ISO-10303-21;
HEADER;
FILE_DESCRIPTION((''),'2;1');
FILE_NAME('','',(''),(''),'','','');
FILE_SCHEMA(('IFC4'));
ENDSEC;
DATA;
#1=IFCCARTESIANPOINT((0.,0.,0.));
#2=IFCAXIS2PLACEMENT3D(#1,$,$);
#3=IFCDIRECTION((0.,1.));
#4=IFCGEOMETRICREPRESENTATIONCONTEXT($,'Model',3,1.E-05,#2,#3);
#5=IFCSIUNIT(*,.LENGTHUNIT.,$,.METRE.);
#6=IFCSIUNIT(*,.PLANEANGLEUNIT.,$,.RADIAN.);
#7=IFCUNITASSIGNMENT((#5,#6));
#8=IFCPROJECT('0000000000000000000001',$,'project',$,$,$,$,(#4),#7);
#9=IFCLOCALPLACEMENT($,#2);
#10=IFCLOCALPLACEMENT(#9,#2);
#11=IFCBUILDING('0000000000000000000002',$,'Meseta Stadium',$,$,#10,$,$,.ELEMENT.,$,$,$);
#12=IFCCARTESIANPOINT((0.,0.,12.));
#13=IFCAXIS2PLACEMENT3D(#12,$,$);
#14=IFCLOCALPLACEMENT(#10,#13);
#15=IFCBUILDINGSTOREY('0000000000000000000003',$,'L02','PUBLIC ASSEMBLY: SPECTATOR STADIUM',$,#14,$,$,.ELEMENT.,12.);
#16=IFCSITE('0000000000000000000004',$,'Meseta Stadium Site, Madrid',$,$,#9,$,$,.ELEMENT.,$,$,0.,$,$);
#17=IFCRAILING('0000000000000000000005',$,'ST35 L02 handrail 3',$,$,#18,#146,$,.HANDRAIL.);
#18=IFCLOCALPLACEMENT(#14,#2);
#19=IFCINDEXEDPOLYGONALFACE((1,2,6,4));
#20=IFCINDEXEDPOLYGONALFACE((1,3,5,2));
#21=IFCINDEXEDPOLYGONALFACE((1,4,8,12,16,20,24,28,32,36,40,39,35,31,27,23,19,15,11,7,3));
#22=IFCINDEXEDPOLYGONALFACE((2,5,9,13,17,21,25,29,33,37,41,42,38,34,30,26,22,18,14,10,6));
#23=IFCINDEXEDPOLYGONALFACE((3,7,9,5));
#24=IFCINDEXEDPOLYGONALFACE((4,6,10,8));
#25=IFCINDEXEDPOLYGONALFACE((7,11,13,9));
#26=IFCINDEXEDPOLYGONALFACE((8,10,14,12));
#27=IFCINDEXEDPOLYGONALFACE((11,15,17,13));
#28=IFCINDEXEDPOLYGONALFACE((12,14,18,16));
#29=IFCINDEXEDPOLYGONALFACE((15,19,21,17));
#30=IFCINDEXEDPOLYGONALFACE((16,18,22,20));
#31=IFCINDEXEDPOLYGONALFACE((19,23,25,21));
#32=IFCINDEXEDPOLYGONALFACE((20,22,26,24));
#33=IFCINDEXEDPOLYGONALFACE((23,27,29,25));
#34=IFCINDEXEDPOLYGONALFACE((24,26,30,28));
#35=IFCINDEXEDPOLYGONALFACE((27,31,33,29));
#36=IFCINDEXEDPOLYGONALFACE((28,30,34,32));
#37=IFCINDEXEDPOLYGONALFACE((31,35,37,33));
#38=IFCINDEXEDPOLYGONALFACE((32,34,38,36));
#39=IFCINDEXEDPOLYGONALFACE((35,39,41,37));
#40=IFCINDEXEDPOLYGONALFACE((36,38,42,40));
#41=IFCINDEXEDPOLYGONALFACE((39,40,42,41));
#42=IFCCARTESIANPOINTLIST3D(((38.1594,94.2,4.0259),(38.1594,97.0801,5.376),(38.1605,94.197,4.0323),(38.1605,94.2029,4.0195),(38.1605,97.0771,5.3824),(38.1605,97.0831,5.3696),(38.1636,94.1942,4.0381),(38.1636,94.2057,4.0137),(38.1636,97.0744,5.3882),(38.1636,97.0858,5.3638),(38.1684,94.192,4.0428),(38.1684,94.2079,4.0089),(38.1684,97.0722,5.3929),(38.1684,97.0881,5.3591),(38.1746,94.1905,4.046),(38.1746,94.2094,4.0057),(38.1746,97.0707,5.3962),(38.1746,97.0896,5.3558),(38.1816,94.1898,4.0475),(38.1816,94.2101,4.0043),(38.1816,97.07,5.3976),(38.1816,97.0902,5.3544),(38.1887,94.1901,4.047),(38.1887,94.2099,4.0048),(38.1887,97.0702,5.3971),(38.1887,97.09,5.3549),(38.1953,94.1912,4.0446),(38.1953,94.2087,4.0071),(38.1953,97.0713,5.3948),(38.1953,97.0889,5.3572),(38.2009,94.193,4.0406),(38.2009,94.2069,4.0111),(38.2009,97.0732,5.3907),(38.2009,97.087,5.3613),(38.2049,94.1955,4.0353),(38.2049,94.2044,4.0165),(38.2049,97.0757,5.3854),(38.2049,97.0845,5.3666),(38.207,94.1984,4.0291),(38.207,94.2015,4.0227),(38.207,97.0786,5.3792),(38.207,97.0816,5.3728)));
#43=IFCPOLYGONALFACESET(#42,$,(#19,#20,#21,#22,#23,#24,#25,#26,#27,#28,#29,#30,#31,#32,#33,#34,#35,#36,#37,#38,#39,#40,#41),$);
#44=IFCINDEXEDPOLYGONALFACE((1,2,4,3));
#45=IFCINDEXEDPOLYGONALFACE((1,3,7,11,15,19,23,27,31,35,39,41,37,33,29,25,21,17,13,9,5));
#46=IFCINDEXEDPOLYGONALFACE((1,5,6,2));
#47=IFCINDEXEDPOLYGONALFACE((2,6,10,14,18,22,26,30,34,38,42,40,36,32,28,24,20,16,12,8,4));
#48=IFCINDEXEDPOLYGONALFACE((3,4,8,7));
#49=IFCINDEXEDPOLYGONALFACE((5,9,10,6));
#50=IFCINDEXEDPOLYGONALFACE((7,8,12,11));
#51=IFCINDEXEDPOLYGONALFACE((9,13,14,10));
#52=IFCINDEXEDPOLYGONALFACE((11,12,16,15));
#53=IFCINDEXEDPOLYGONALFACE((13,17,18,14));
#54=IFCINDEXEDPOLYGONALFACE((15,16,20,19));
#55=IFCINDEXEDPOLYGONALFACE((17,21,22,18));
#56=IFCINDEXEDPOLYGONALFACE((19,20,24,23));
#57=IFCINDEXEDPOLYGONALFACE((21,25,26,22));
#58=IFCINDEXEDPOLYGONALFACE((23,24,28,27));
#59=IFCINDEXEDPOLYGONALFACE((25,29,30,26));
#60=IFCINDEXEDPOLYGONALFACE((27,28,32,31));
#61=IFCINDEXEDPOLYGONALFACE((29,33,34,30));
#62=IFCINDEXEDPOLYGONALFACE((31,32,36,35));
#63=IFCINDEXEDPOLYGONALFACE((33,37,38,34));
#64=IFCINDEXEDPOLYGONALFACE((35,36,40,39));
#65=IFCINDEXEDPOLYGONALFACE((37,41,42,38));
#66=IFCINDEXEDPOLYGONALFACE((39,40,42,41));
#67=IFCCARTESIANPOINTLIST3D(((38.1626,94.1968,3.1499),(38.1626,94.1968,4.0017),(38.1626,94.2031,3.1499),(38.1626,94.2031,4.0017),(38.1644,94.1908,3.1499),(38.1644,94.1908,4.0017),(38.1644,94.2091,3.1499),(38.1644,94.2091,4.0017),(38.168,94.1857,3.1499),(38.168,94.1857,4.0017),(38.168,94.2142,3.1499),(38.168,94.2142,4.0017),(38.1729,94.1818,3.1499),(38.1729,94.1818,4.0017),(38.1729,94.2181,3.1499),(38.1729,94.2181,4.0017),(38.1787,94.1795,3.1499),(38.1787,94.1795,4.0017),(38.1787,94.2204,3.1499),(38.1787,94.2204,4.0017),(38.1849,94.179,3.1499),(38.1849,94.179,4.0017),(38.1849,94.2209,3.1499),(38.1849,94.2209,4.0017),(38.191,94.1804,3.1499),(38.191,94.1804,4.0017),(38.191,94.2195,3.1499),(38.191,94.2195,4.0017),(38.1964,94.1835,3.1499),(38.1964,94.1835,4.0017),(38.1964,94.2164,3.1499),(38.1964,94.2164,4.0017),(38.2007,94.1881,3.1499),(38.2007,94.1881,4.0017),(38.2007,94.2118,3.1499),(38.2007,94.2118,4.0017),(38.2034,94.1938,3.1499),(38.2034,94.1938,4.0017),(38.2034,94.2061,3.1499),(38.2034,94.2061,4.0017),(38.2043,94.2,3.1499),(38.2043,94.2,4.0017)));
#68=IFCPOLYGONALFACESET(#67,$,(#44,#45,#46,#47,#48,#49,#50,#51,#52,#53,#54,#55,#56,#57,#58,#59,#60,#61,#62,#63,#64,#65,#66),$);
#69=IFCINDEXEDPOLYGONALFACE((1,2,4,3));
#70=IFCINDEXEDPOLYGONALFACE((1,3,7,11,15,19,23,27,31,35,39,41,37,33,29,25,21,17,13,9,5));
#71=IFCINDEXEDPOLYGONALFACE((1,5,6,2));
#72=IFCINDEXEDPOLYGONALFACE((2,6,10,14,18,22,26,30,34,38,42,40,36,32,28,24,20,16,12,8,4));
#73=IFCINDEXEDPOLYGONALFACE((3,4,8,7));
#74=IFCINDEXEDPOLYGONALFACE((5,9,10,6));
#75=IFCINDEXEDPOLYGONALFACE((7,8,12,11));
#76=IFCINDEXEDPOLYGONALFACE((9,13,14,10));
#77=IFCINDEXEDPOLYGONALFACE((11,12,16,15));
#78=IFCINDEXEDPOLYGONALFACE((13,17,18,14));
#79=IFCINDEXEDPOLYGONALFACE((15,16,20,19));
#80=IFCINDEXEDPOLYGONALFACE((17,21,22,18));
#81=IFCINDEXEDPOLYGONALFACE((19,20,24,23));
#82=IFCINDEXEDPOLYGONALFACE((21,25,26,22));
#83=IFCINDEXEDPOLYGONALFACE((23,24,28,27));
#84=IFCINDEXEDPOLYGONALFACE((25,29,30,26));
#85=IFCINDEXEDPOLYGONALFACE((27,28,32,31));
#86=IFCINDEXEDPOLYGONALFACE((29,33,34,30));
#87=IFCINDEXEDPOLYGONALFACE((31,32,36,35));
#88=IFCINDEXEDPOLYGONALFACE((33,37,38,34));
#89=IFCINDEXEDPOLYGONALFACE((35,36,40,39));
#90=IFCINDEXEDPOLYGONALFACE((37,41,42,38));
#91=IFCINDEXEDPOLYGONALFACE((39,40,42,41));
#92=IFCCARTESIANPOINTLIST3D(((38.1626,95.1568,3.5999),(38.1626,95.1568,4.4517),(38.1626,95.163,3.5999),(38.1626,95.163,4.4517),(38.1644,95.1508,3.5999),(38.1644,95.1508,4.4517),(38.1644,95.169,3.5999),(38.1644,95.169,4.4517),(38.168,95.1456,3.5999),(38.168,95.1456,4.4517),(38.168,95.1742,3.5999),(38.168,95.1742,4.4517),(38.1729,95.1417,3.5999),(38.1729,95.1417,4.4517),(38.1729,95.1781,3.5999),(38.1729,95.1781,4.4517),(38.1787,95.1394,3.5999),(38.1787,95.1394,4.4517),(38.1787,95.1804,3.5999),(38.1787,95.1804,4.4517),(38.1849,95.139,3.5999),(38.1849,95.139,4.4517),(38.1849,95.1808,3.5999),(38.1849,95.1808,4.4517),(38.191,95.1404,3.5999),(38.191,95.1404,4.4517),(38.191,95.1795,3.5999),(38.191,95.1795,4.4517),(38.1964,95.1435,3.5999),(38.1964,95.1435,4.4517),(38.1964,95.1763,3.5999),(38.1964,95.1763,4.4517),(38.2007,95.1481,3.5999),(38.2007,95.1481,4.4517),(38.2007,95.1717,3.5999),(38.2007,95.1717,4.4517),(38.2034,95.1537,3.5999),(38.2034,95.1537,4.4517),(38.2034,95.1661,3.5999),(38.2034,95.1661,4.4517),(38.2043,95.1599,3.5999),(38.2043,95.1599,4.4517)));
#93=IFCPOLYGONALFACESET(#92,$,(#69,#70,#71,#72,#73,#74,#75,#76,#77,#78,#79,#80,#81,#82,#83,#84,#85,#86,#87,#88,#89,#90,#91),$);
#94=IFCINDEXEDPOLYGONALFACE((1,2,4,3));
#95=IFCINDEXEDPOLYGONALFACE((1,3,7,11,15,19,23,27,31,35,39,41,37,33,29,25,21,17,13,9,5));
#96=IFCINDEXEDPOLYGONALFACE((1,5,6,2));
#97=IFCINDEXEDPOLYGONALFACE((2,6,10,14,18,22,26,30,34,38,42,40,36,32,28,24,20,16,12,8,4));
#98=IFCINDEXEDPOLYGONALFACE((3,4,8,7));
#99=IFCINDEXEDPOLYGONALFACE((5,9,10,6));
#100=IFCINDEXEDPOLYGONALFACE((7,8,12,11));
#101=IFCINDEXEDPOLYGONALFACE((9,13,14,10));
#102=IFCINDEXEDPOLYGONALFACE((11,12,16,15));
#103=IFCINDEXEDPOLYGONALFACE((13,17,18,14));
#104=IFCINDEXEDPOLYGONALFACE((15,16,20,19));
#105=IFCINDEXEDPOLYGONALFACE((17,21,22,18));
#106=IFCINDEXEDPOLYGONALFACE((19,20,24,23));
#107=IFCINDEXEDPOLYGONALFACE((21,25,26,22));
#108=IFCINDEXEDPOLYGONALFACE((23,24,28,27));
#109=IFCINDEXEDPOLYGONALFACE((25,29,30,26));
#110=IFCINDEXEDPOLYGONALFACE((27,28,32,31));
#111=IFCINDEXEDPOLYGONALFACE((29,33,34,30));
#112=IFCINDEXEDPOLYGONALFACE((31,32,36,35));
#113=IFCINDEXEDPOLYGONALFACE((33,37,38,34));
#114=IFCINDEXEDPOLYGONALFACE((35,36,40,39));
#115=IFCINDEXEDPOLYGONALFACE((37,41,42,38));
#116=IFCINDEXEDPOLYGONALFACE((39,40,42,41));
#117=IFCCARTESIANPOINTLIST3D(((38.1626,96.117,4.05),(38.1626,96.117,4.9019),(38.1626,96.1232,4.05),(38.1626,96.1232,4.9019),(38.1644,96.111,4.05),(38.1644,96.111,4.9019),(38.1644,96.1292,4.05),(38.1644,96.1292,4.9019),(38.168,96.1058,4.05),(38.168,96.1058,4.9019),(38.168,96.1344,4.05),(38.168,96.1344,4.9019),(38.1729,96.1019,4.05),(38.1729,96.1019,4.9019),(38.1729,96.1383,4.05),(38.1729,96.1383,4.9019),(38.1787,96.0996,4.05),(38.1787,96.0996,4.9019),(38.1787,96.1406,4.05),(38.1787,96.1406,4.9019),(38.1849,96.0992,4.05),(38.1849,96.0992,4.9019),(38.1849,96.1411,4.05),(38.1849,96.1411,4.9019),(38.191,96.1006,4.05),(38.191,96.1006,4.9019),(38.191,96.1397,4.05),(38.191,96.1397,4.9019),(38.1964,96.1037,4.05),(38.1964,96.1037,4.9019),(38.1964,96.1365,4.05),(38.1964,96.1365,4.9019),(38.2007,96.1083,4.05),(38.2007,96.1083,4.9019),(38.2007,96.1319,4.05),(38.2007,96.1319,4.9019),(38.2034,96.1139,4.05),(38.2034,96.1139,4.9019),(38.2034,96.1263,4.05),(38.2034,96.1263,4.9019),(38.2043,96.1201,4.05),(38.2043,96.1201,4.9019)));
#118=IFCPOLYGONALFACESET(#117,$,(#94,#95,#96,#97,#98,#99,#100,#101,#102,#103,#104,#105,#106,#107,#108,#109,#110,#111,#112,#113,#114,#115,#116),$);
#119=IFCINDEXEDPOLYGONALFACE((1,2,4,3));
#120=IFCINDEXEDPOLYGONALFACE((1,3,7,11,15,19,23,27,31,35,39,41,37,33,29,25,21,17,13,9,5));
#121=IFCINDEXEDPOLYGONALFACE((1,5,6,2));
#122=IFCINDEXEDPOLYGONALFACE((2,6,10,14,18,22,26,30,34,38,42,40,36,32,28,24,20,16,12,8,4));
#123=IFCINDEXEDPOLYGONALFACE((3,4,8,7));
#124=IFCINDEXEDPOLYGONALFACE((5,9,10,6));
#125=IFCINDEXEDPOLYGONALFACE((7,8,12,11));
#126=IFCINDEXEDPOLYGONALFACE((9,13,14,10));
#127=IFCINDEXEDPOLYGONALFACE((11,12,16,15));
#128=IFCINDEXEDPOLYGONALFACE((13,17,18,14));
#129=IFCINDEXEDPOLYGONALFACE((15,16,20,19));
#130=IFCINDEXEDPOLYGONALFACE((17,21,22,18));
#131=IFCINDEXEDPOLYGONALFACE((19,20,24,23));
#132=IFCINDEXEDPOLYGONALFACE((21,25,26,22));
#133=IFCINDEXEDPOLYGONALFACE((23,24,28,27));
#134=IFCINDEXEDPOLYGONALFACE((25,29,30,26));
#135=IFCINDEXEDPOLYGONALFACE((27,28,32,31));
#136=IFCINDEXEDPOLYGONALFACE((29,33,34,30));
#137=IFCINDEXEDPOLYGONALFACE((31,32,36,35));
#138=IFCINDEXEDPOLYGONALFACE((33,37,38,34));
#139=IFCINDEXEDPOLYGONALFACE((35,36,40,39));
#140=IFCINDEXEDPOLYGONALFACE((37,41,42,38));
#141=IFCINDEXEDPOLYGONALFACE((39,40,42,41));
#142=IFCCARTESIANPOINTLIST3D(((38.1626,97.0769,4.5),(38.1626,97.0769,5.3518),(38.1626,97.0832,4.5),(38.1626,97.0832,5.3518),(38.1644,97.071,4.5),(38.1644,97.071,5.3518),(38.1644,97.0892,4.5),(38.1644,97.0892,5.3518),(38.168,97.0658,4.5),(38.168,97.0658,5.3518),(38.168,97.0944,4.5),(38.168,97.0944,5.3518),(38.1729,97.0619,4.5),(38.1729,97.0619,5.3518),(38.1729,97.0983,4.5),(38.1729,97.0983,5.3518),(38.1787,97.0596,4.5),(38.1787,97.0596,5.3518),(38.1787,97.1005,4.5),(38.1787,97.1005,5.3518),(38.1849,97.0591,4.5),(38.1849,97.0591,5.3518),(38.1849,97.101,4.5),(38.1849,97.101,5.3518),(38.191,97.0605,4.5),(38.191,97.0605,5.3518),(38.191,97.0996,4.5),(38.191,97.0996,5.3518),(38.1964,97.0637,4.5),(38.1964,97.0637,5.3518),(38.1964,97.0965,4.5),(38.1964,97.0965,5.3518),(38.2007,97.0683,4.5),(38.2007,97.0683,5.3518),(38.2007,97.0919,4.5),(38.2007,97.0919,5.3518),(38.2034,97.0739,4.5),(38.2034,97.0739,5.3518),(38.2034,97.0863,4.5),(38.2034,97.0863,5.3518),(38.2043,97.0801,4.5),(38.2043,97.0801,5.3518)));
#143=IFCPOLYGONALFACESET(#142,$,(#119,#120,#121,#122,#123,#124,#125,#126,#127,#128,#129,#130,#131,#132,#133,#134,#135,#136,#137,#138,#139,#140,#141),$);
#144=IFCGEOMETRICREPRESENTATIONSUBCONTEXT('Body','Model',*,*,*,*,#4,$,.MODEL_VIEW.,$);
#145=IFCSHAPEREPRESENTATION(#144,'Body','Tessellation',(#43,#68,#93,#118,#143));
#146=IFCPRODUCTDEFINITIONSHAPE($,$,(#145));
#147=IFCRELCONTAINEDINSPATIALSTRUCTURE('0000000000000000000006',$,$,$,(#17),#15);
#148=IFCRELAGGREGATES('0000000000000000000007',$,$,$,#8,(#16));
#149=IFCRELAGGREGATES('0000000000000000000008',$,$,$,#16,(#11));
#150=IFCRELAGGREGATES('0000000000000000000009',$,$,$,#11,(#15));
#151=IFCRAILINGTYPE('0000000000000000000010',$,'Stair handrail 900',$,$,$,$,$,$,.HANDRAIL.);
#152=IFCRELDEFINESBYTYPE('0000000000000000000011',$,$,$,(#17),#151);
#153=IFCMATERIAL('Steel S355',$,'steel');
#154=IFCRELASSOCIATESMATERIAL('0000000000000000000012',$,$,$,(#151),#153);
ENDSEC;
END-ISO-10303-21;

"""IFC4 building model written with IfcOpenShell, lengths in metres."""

from ifc_helpers import new_model, si_unit, direction, frame, origin, origin_2d, place, context, subcontext, project, spatial, circle, extrude, material, type_object, element, save


model = new_model("IFC4")

# Units and contexts
model_context = context("Model", 3, precision=1e-05, world=origin(), true_north=direction((0.0, 1.0)))
body_context = subcontext(model_context, "Body", "Model", "MODEL_VIEW")
ifc_project = project(units=[si_unit("LENGTHUNIT", "METRE"), si_unit("PLANEANGLEUNIT", "RADIAN")], contexts=[model_context])

# Site, building, storey
site_placement = place(None, origin())
site = spatial("IfcSite", under=ifc_project, at=site_placement, Name="Meseta Stadium Site, Madrid", CompositionType="ELEMENT", RefElevation=0.0)
building_placement = place(site_placement, origin())
building = spatial("IfcBuilding", under=site, at=building_placement, Name="Meseta Stadium", CompositionType="ELEMENT")
storey_placement = place(building_placement, frame((0.0, 0.0, 12.0)))
storey = spatial("IfcBuildingStorey", under=building, at=storey_placement, Name="L02", Description="PUBLIC ASSEMBLY: SPECTATOR STADIUM", CompositionType="ELEMENT", Elevation=12.0)

# Railing
ifc_material_1 = material(Name="Steel S355", Category="steel")
railing_type_1 = type_object("IfcRailingType", Name="Stair handrail 900", PredefinedType="HANDRAIL", material=ifc_material_1)
railing_1_placement = place(storey_placement, frame((38.1833, 94.2, 3.1499)))
element("IfcRailing", 1, at=railing_1_placement, inside=storey, type_object=railing_type_1, Name="ST35 L02 handrail 3", PredefinedType="HANDRAIL", context=body_context, shape_type="SweptSolid", body=[
    extrude(circle(Radius=0.0239, at=origin_2d()), frame((0.0, 0.0, 0.876), z_axis=(0.0, 0.905454, 0.424444), x_axis=(-1.0, 0.0, 0.0)), (0.0, 0.0, 1.0), 3.1809),
    extrude(circle(Radius=0.021, at=origin_2d()), origin(), (0.0, 0.0, 1.0), 0.8518),
    extrude(circle(Radius=0.021, at=origin_2d()), frame((0.0, 0.96, 0.45)), (0.0, 0.0, 1.0), 0.8518),
    extrude(circle(Radius=0.021, at=origin_2d()), frame((0.0, 1.9202, 0.9001)), (0.0, 0.0, 1.0), 0.8518),
    extrude(circle(Radius=0.021, at=origin_2d()), frame((0.0, 2.8801, 1.3501)), (0.0, 0.0, 1.0), 0.8518),
])

save(model, "model.ifc")
